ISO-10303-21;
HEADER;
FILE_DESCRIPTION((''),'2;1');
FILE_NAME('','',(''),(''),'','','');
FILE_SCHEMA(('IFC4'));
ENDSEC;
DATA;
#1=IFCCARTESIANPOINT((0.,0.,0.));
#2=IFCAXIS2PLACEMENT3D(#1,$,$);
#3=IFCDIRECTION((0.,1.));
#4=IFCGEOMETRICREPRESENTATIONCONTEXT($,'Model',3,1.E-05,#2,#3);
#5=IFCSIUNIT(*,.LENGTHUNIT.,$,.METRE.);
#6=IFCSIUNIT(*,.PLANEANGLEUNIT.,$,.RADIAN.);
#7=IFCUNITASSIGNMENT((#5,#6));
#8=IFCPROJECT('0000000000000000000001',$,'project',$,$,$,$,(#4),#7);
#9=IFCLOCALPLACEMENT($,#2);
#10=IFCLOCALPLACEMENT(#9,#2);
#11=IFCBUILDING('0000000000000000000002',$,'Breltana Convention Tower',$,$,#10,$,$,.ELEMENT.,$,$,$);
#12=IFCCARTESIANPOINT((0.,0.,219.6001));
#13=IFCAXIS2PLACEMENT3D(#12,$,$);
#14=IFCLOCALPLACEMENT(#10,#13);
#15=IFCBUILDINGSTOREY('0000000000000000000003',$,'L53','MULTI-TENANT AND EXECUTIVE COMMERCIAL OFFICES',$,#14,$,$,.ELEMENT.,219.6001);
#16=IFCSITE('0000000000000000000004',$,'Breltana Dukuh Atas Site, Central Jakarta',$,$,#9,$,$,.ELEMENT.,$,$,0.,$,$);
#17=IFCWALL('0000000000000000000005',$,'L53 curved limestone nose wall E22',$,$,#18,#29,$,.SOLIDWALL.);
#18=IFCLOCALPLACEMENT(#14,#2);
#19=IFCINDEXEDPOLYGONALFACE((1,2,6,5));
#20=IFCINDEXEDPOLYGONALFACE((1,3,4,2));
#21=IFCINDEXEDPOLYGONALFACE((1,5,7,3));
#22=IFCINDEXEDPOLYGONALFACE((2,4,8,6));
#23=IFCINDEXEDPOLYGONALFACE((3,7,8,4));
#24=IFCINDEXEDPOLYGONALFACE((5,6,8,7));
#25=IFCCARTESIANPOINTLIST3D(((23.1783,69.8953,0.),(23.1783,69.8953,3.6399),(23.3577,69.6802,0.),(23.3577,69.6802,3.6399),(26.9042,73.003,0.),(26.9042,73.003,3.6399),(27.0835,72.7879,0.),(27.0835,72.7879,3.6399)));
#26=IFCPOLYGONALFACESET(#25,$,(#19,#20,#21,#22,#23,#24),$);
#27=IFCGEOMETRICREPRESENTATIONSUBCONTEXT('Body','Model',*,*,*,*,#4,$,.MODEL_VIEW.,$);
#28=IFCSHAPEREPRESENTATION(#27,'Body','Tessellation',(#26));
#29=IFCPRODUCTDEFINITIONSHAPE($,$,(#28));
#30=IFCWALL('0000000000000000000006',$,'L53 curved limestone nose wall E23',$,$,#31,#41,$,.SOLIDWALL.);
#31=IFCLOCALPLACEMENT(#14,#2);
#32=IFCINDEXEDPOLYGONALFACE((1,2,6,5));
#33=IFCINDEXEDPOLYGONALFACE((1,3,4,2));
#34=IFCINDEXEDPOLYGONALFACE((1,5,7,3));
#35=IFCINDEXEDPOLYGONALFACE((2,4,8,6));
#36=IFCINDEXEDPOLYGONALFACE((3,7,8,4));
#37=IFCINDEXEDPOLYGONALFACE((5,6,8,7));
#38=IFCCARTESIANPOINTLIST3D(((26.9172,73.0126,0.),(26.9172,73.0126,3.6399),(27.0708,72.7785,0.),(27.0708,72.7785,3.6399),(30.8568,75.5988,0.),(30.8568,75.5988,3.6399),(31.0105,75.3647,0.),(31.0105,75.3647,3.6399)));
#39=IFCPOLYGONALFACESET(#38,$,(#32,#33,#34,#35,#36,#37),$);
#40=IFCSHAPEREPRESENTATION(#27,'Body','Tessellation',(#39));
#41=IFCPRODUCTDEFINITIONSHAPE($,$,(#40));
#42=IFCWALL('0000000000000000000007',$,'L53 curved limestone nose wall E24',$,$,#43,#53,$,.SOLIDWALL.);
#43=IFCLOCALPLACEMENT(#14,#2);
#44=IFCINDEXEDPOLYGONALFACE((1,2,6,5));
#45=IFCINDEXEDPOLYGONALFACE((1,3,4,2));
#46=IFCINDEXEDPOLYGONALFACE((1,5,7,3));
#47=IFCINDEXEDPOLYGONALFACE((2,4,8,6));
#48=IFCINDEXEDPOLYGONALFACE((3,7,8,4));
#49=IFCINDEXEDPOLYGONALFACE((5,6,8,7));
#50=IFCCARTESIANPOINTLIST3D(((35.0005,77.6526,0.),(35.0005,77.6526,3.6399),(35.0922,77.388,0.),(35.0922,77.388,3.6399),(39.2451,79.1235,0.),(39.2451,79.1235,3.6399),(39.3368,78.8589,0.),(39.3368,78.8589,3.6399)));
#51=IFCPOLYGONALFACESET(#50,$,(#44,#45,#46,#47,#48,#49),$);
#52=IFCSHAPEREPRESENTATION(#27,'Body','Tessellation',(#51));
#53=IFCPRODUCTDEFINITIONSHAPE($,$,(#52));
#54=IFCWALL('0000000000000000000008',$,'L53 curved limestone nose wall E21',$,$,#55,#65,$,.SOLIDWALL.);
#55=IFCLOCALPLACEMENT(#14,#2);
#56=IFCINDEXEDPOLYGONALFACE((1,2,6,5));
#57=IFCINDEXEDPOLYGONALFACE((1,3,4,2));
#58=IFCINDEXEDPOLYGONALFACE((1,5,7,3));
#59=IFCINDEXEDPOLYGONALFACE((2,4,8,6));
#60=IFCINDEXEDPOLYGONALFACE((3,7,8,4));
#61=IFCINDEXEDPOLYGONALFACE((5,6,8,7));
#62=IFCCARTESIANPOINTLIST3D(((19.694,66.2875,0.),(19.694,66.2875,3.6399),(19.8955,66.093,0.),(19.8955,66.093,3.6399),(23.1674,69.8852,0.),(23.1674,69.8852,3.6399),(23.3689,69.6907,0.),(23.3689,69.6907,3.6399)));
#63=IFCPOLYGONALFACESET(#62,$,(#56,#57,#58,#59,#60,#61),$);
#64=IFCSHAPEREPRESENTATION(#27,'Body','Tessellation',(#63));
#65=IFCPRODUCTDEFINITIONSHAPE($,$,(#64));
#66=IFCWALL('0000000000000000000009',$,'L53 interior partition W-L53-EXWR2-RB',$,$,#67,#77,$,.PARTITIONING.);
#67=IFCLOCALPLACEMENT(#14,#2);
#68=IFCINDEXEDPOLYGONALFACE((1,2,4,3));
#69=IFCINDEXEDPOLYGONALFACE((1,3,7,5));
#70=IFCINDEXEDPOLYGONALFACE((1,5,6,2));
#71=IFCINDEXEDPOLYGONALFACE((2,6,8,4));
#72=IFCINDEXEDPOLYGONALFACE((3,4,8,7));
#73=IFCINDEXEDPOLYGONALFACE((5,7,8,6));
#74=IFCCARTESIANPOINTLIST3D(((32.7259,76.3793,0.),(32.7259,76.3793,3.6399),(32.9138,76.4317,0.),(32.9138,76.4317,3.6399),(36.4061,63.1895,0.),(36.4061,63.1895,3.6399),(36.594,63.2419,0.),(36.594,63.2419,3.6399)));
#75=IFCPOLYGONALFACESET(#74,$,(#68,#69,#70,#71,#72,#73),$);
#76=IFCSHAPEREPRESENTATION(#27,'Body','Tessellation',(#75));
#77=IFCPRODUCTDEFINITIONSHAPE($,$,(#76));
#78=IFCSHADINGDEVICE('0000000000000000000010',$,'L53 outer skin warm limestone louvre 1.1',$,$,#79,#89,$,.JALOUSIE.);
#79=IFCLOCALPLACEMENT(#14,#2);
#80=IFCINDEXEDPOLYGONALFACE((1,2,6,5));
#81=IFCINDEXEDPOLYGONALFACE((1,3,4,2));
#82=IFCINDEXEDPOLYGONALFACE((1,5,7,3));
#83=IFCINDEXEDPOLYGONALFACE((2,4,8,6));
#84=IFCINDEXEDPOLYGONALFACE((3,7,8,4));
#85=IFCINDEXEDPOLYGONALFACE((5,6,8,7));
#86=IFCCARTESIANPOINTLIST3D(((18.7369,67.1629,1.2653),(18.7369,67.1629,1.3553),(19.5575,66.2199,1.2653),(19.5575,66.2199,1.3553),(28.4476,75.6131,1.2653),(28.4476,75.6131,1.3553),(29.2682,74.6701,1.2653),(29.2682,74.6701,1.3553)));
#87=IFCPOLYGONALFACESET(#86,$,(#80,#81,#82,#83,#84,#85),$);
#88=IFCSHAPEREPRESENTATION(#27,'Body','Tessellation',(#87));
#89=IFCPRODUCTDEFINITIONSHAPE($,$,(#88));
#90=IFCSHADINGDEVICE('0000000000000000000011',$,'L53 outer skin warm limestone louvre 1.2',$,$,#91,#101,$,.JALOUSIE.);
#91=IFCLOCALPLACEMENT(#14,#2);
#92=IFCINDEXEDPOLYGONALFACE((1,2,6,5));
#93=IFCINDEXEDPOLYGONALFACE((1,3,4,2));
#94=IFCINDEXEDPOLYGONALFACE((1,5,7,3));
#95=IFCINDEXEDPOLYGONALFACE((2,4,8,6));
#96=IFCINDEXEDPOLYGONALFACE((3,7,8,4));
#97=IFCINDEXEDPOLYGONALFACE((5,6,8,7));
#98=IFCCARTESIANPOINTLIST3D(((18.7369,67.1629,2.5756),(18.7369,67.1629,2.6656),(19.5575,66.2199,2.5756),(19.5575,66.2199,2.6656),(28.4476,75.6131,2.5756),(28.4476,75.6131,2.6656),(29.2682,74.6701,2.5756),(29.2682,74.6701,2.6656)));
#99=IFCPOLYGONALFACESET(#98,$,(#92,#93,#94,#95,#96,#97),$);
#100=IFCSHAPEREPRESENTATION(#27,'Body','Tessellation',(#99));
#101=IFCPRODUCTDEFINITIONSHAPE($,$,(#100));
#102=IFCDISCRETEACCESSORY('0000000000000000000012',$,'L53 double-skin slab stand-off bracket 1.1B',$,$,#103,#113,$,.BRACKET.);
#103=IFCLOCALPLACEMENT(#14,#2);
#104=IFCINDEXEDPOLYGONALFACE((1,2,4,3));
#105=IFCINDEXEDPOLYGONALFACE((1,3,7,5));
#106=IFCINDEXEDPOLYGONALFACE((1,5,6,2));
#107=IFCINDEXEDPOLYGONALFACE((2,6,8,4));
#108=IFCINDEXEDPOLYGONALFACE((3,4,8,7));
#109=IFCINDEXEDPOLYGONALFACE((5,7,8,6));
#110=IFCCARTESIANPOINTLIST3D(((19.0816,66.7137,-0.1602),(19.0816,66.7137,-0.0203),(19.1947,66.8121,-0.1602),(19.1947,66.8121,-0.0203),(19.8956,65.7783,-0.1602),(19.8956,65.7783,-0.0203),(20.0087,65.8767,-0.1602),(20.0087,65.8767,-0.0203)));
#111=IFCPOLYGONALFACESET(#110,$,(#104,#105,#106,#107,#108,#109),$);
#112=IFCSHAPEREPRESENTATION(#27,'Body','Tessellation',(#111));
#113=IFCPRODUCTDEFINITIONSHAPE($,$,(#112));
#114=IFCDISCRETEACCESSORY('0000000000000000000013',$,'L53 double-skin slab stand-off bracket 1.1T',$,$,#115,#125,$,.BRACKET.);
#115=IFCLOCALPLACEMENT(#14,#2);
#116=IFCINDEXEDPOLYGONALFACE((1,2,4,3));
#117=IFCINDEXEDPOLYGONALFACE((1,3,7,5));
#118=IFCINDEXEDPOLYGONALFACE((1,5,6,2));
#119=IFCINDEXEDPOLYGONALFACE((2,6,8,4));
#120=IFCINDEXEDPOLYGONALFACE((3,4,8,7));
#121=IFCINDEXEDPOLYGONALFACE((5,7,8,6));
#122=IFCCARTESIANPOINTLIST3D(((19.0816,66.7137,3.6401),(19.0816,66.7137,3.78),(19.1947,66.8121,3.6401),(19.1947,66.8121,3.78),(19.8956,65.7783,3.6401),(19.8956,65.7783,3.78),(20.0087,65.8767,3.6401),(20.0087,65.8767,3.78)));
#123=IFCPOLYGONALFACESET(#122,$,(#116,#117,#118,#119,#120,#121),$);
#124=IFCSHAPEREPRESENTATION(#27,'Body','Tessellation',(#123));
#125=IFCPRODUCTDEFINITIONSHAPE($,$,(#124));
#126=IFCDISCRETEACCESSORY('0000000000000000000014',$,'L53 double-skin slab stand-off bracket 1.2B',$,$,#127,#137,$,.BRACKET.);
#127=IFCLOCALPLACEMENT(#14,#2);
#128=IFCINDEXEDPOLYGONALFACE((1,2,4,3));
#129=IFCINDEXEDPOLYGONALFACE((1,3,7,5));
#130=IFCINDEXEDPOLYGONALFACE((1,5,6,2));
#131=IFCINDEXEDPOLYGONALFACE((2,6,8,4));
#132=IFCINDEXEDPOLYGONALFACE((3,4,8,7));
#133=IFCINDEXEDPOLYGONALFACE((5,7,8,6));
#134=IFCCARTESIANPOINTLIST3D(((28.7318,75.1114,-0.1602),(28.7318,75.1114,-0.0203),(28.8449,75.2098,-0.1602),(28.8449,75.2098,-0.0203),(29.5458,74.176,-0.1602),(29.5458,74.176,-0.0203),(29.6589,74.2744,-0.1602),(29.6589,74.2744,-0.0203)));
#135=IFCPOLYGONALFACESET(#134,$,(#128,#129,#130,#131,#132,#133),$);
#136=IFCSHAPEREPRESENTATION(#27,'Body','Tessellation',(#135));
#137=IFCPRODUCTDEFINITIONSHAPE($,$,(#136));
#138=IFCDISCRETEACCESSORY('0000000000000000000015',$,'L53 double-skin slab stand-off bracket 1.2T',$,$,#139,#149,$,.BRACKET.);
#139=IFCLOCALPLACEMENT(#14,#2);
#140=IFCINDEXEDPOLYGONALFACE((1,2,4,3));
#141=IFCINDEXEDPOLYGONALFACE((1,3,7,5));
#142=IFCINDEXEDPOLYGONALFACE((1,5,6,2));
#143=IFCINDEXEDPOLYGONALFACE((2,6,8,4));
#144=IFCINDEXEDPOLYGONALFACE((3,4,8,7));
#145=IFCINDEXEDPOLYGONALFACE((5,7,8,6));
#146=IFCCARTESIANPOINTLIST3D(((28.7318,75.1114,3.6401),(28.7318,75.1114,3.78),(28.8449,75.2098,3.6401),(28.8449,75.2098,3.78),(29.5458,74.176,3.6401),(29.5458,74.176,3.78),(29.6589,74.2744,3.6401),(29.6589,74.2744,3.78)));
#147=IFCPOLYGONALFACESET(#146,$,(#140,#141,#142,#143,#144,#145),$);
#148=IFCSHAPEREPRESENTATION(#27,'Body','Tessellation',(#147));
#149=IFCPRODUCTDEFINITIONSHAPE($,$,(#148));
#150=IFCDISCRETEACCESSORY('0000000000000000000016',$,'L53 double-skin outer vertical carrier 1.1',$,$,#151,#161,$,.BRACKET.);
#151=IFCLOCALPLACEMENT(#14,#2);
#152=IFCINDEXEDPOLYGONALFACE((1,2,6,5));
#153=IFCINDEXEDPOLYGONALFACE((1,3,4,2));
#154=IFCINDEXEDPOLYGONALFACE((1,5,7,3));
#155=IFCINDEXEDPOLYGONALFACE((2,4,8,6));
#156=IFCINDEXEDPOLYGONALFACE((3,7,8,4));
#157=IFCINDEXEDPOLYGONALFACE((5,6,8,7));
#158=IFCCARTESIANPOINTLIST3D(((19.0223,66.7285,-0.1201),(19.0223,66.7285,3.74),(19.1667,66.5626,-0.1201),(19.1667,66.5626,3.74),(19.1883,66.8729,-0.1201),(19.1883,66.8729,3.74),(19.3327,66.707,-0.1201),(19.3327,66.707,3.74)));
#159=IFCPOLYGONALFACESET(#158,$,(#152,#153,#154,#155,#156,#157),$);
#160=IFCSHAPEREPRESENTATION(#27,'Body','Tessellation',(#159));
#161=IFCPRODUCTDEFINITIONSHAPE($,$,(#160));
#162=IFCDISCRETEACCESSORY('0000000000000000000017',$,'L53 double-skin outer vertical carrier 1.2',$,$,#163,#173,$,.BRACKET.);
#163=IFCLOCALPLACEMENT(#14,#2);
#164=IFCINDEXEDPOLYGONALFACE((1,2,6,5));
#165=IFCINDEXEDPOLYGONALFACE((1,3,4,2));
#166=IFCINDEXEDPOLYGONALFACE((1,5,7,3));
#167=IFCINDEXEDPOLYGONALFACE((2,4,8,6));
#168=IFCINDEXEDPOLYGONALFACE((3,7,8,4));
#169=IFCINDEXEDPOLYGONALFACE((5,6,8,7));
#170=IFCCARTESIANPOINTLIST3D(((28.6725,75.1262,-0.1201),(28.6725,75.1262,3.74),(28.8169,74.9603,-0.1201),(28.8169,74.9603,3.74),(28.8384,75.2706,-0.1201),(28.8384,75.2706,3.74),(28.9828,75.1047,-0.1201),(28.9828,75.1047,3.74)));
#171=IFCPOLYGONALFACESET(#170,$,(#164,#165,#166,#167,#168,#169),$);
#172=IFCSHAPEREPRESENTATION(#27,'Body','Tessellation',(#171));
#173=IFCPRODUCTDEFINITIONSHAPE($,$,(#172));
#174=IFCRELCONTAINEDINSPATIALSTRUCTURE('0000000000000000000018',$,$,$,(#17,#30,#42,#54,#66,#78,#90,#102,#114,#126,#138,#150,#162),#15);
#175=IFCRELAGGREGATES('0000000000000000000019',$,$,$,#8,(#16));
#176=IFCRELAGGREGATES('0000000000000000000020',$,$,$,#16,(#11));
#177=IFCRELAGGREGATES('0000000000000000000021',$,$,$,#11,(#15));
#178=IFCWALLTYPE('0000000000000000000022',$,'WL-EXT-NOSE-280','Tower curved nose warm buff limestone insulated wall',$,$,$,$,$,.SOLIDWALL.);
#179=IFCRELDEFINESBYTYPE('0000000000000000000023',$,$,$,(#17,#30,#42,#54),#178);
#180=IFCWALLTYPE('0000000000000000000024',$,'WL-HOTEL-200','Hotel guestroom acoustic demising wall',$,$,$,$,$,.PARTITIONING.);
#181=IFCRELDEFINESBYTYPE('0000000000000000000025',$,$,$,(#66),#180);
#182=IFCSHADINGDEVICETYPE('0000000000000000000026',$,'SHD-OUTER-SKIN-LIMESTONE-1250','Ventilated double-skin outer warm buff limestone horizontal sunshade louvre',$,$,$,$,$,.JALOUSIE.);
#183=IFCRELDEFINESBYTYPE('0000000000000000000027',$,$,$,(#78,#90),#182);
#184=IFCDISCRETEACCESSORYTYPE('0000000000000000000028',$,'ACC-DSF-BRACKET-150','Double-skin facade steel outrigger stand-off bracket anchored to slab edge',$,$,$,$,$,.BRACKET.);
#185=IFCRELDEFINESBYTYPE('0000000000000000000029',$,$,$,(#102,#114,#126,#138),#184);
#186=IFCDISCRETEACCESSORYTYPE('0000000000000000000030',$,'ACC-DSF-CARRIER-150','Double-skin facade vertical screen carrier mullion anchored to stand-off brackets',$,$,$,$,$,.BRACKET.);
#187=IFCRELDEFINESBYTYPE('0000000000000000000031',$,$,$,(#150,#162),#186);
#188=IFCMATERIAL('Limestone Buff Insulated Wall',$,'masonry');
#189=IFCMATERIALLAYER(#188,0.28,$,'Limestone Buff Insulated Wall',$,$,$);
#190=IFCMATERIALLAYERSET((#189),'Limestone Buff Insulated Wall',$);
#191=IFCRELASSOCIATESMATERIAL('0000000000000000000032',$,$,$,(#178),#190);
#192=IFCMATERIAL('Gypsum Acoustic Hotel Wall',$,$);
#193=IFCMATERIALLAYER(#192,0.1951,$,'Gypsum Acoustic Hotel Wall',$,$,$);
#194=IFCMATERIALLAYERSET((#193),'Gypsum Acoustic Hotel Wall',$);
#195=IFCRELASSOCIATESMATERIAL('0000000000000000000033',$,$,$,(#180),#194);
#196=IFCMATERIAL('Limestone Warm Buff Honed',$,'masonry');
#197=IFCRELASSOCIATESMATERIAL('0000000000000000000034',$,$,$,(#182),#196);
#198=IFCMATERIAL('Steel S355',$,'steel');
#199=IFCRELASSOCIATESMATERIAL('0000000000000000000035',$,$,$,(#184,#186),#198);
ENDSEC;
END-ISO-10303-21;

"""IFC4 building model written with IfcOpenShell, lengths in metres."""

from ifc_helpers import new_model, si_unit, direction, frame, frame_2d, origin, origin_2d, place, context, subcontext, project, spatial, rectangle, extrude, source, transform, mapped, material, layer, layer_set, material_profile, profile_set, type_object, type_shapes, element, save


model = new_model("IFC4")

# Units and contexts
model_context = context("Model", 3, precision=1e-05, world=origin(), true_north=direction((0.0, 1.0)))
body_context = subcontext(model_context, "Body", "Model", "MODEL_VIEW")
ifc_project = project(units=[si_unit("LENGTHUNIT", "METRE"), si_unit("PLANEANGLEUNIT", "RADIAN")], contexts=[model_context])

# Site, building, storey
site_placement = place(None, origin())
site = spatial("IfcSite", under=ifc_project, at=site_placement, Name="Breltana Dukuh Atas Site, Central Jakarta", CompositionType="ELEMENT", RefElevation=0.0)
building_placement = place(site_placement, origin())
building = spatial("IfcBuilding", under=site, at=building_placement, Name="Breltana Convention Tower", CompositionType="ELEMENT")
storey_placement = place(building_placement, frame((0.0, 0.0, 219.6001)))
storey = spatial("IfcBuildingStorey", under=building, at=storey_placement, Name="L53", Description="MULTI-TENANT AND EXECUTIVE COMMERCIAL OFFICES", CompositionType="ELEMENT", Elevation=219.6001)

# Walls
ifc_material_1 = material(Name="Limestone Buff Insulated Wall", Category="masonry")
ifc_layer_1 = layer(ifc_material_1, 0.28, Name="Limestone Buff Insulated Wall")
ifc_layer_set_1 = layer_set([ifc_layer_1], Name="Limestone Buff Insulated Wall")
wall_type_1 = type_object("IfcWallType", Name="WL-EXT-NOSE-280", Description="Tower curved nose warm buff limestone insulated wall", PredefinedType="SOLIDWALL", material=ifc_layer_set_1)
shared_shape_1 = source(origin(), body_context, "Body", "SweptSolid", [
    extrude(rectangle(XDim=4.8518, YDim=0.28, at=frame_2d((2.4258, 0.0))), origin(), (0.0, 0.0, 1.0), 3.6399),
])
wall_1_placement = place(storey_placement, frame((23.2681, 69.7878, 0.0), z_axis=(0.0, 0.0, 1.0), x_axis=(0.767937, 0.640526, 0.0)))
element("IfcWall", 1, at=wall_1_placement, inside=storey, type_object=wall_type_1, Name="L53 curved limestone nose wall E22", PredefinedType="SOLIDWALL", context=body_context, shape_type="MappedRepresentation", body=[
    mapped(shared_shape_1, transform((0.0, 0.0, 0.0), scale=1.0)),
])
shared_shape_2 = source(origin(), body_context, "Body", "SweptSolid", [
    extrude(rectangle(XDim=4.7126, YDim=0.28, at=frame_2d((2.3564, 0.0))), origin(), (0.0, 0.0, 1.0), 3.6399),
])
wall_2_placement = place(storey_placement, frame((26.9939, 72.8955, 0.0), z_axis=(0.0, 0.0, 1.0), x_axis=(0.835974, 0.548768, 0.0)))
element("IfcWall", 2, at=wall_2_placement, inside=storey, type_object=wall_type_1, Name="L53 curved limestone nose wall E23", PredefinedType="SOLIDWALL", context=body_context, shape_type="MappedRepresentation", body=[
    mapped(shared_shape_2, transform((0.0, 0.0, 0.0), scale=1.0)),
])
shared_shape_3 = source(origin(), body_context, "Body", "SweptSolid", [
    extrude(rectangle(XDim=4.4922, YDim=0.28, at=frame_2d((2.2461, 0.0))), origin(), (0.0, 0.0, 1.0), 3.6399),
])
wall_3_placement = place(storey_placement, frame((35.0464, 77.5203, 0.0), z_axis=(0.0, 0.0, 1.0), x_axis=(0.944872, 0.327439, 0.0)))
element("IfcWall", 3, at=wall_3_placement, inside=storey, type_object=wall_type_1, Name="L53 curved limestone nose wall E24", PredefinedType="SOLIDWALL", context=body_context, shape_type="MappedRepresentation", body=[
    mapped(shared_shape_3, transform((0.0, 0.0, 0.0), scale=1.0)),
])
shared_shape_4 = source(origin(), body_context, "Body", "SweptSolid", [
    extrude(rectangle(XDim=5.0007, YDim=0.28, at=frame_2d((2.5005, 0.0))), origin(), (0.0, 0.0, 1.0), 3.6399),
])
wall_4_placement = place(storey_placement, frame((19.7947, 66.1902, 0.0), z_axis=(0.0, 0.0, 1.0), x_axis=(0.694573, 0.719422, 0.0)))
element("IfcWall", 4, at=wall_4_placement, inside=storey, type_object=wall_type_1, Name="L53 curved limestone nose wall E21", PredefinedType="SOLIDWALL", context=body_context, shape_type="MappedRepresentation", body=[
    mapped(shared_shape_4, transform((0.0, 0.0, 0.0), scale=1.0)),
])
ifc_material_2 = material(Name="Gypsum Acoustic Hotel Wall")
ifc_layer_2 = layer(ifc_material_2, 0.1951, Name="Gypsum Acoustic Hotel Wall")
ifc_layer_set_2 = layer_set([ifc_layer_2], Name="Gypsum Acoustic Hotel Wall")
wall_type_2 = type_object("IfcWallType", Name="WL-HOTEL-200", Description="Hotel guestroom acoustic demising wall", PredefinedType="PARTITIONING", material=ifc_layer_set_2)
shared_shape_5 = source(origin(), body_context, "Body", "SweptSolid", [
    extrude(rectangle(XDim=13.6936, YDim=0.1951, at=frame_2d((6.8467, 0.0))), origin(), (0.0, 0.0, 1.0), 3.6399),
])
wall_5_placement = place(storey_placement, frame((36.5, 63.2158, 0.0), z_axis=(0.0, 0.0, 1.0), x_axis=(-0.268754, 0.963209, 0.0)))
element("IfcWall", 5, at=wall_5_placement, inside=storey, type_object=wall_type_2, Name="L53 interior partition W-L53-EXWR2-RB", PredefinedType="PARTITIONING", context=body_context, shape_type="MappedRepresentation", body=[
    mapped(shared_shape_5, transform((0.0, 0.0, 0.0), scale=1.0)),
])

# Shading devices
ifc_material_3 = material(Name="Limestone Warm Buff Honed", Category="masonry")
ifc_material_profile_1 = material_profile(ifc_material_3, rectangle(XDim=1.25, YDim=0.0901, at=origin_2d()), Name="STN-LVR-1250X90")
ifc_profile_set_1 = profile_set([ifc_material_profile_1], Name="Limestone Warm Buff Honed")
shading_device_type = type_object("IfcShadingDeviceType", Name="SHD-OUTER-SKIN-LIMESTONE-1250", Description="Ventilated double-skin outer warm buff limestone horizontal sunshade louvre", PredefinedType="JALOUSIE", material=ifc_profile_set_1)
shared_shape_6 = source(origin(), body_context, "Body", "SweptSolid", [
    extrude(rectangle(XDim=1.25, YDim=0.0901, at=origin_2d()), origin(), (0.0, 0.0, 1.0), 12.8726),
])
for number, where, z_axis, x_axis, name in (
    (6, (19.1472, 66.6914, 1.3103), (0.75437, 0.656449, 0.0), (-0.656449, 0.75437, 0.0), "L53 outer skin warm limestone louvre 1.1"),
    (7, (19.1472, 66.6914, 2.6206), (0.75437, 0.656449, 0.0), (-0.656449, 0.75437, 0.0), "L53 outer skin warm limestone louvre 1.2"),
):
    element("IfcShadingDevice", number, at=place(storey_placement, frame(where, z_axis=z_axis, x_axis=x_axis)), inside=storey, type_object=shading_device_type, Name=name, PredefinedType="JALOUSIE", context=body_context, shape_type="MappedRepresentation", body=[
        mapped(shared_shape_6, transform((0.0, 0.0, 0.0), scale=1.0)),
    ])

# Discrete accessories
ifc_material_4 = material(Name="Steel S355", Category="steel")
discrete_accessory_type_1 = type_object("IfcDiscreteAccessoryType", Name="ACC-DSF-BRACKET-150", Description="Double-skin facade steel outrigger stand-off bracket anchored to slab edge", PredefinedType="BRACKET", material=ifc_material_4)
shared_shape_7 = source(origin(), body_context, "Body", "SweptSolid", [
    extrude(rectangle(XDim=1.24, YDim=0.1499, at=origin_2d()), origin(), (0.0, 0.0, 1.0), 0.1399),
])
type_shapes(discrete_accessory_type_1, [shared_shape_7])
for number, where, z_axis, x_axis, name in (
    (8, (19.5452, 66.2952, -0.1602), (0.0, 0.0, 1.0), (-0.656452, 0.754368, 0.0), "L53 double-skin slab stand-off bracket 1.1B"),
    (9, (19.5452, 66.2952, 3.6401), (0.0, 0.0, 1.0), (-0.656452, 0.754368, 0.0), "L53 double-skin slab stand-off bracket 1.1T"),
    (10, (29.1953, 74.6929, -0.1602), (0.0, 0.0, 1.0), (-0.656452, 0.754368, 0.0), "L53 double-skin slab stand-off bracket 1.2B"),
    (11, (29.1953, 74.6929, 3.6401), (0.0, 0.0, 1.0), (-0.656452, 0.754368, 0.0), "L53 double-skin slab stand-off bracket 1.2T"),
):
    element("IfcDiscreteAccessory", number, at=place(storey_placement, frame(where, z_axis=z_axis, x_axis=x_axis)), inside=storey, type_object=discrete_accessory_type_1, Name=name, PredefinedType="BRACKET", context=body_context, shape_type="MappedRepresentation", body=[
        mapped(shared_shape_7, transform((0.0, 0.0, 0.0), scale=1.0)),
    ])
discrete_accessory_type_2 = type_object("IfcDiscreteAccessoryType", Name="ACC-DSF-CARRIER-150", Description="Double-skin facade vertical screen carrier mullion anchored to stand-off brackets", PredefinedType="BRACKET", material=ifc_material_4)
shared_shape_8 = source(origin(), body_context, "Body", "SweptSolid", [
    extrude(rectangle(XDim=0.22, YDim=0.22, at=origin_2d()), origin(), (0.0, 0.0, 1.0), 3.8601),
])
for number, where, z_axis, x_axis, name in (
    (12, (19.1775, 66.7178, -0.1201), (0.0, 0.0, 1.0), (-0.656452, 0.754368, 0.0), "L53 double-skin outer vertical carrier 1.1"),
    (13, (28.8276, 75.1155, -0.1201), (0.0, 0.0, 1.0), (-0.656452, 0.754368, 0.0), "L53 double-skin outer vertical carrier 1.2"),
):
    element("IfcDiscreteAccessory", number, at=place(storey_placement, frame(where, z_axis=z_axis, x_axis=x_axis)), inside=storey, type_object=discrete_accessory_type_2, Name=name, PredefinedType="BRACKET", context=body_context, shape_type="MappedRepresentation", body=[
        mapped(shared_shape_8, transform((0.0, 0.0, 0.0), scale=1.0)),
    ])

save(model, "model.ifc")
